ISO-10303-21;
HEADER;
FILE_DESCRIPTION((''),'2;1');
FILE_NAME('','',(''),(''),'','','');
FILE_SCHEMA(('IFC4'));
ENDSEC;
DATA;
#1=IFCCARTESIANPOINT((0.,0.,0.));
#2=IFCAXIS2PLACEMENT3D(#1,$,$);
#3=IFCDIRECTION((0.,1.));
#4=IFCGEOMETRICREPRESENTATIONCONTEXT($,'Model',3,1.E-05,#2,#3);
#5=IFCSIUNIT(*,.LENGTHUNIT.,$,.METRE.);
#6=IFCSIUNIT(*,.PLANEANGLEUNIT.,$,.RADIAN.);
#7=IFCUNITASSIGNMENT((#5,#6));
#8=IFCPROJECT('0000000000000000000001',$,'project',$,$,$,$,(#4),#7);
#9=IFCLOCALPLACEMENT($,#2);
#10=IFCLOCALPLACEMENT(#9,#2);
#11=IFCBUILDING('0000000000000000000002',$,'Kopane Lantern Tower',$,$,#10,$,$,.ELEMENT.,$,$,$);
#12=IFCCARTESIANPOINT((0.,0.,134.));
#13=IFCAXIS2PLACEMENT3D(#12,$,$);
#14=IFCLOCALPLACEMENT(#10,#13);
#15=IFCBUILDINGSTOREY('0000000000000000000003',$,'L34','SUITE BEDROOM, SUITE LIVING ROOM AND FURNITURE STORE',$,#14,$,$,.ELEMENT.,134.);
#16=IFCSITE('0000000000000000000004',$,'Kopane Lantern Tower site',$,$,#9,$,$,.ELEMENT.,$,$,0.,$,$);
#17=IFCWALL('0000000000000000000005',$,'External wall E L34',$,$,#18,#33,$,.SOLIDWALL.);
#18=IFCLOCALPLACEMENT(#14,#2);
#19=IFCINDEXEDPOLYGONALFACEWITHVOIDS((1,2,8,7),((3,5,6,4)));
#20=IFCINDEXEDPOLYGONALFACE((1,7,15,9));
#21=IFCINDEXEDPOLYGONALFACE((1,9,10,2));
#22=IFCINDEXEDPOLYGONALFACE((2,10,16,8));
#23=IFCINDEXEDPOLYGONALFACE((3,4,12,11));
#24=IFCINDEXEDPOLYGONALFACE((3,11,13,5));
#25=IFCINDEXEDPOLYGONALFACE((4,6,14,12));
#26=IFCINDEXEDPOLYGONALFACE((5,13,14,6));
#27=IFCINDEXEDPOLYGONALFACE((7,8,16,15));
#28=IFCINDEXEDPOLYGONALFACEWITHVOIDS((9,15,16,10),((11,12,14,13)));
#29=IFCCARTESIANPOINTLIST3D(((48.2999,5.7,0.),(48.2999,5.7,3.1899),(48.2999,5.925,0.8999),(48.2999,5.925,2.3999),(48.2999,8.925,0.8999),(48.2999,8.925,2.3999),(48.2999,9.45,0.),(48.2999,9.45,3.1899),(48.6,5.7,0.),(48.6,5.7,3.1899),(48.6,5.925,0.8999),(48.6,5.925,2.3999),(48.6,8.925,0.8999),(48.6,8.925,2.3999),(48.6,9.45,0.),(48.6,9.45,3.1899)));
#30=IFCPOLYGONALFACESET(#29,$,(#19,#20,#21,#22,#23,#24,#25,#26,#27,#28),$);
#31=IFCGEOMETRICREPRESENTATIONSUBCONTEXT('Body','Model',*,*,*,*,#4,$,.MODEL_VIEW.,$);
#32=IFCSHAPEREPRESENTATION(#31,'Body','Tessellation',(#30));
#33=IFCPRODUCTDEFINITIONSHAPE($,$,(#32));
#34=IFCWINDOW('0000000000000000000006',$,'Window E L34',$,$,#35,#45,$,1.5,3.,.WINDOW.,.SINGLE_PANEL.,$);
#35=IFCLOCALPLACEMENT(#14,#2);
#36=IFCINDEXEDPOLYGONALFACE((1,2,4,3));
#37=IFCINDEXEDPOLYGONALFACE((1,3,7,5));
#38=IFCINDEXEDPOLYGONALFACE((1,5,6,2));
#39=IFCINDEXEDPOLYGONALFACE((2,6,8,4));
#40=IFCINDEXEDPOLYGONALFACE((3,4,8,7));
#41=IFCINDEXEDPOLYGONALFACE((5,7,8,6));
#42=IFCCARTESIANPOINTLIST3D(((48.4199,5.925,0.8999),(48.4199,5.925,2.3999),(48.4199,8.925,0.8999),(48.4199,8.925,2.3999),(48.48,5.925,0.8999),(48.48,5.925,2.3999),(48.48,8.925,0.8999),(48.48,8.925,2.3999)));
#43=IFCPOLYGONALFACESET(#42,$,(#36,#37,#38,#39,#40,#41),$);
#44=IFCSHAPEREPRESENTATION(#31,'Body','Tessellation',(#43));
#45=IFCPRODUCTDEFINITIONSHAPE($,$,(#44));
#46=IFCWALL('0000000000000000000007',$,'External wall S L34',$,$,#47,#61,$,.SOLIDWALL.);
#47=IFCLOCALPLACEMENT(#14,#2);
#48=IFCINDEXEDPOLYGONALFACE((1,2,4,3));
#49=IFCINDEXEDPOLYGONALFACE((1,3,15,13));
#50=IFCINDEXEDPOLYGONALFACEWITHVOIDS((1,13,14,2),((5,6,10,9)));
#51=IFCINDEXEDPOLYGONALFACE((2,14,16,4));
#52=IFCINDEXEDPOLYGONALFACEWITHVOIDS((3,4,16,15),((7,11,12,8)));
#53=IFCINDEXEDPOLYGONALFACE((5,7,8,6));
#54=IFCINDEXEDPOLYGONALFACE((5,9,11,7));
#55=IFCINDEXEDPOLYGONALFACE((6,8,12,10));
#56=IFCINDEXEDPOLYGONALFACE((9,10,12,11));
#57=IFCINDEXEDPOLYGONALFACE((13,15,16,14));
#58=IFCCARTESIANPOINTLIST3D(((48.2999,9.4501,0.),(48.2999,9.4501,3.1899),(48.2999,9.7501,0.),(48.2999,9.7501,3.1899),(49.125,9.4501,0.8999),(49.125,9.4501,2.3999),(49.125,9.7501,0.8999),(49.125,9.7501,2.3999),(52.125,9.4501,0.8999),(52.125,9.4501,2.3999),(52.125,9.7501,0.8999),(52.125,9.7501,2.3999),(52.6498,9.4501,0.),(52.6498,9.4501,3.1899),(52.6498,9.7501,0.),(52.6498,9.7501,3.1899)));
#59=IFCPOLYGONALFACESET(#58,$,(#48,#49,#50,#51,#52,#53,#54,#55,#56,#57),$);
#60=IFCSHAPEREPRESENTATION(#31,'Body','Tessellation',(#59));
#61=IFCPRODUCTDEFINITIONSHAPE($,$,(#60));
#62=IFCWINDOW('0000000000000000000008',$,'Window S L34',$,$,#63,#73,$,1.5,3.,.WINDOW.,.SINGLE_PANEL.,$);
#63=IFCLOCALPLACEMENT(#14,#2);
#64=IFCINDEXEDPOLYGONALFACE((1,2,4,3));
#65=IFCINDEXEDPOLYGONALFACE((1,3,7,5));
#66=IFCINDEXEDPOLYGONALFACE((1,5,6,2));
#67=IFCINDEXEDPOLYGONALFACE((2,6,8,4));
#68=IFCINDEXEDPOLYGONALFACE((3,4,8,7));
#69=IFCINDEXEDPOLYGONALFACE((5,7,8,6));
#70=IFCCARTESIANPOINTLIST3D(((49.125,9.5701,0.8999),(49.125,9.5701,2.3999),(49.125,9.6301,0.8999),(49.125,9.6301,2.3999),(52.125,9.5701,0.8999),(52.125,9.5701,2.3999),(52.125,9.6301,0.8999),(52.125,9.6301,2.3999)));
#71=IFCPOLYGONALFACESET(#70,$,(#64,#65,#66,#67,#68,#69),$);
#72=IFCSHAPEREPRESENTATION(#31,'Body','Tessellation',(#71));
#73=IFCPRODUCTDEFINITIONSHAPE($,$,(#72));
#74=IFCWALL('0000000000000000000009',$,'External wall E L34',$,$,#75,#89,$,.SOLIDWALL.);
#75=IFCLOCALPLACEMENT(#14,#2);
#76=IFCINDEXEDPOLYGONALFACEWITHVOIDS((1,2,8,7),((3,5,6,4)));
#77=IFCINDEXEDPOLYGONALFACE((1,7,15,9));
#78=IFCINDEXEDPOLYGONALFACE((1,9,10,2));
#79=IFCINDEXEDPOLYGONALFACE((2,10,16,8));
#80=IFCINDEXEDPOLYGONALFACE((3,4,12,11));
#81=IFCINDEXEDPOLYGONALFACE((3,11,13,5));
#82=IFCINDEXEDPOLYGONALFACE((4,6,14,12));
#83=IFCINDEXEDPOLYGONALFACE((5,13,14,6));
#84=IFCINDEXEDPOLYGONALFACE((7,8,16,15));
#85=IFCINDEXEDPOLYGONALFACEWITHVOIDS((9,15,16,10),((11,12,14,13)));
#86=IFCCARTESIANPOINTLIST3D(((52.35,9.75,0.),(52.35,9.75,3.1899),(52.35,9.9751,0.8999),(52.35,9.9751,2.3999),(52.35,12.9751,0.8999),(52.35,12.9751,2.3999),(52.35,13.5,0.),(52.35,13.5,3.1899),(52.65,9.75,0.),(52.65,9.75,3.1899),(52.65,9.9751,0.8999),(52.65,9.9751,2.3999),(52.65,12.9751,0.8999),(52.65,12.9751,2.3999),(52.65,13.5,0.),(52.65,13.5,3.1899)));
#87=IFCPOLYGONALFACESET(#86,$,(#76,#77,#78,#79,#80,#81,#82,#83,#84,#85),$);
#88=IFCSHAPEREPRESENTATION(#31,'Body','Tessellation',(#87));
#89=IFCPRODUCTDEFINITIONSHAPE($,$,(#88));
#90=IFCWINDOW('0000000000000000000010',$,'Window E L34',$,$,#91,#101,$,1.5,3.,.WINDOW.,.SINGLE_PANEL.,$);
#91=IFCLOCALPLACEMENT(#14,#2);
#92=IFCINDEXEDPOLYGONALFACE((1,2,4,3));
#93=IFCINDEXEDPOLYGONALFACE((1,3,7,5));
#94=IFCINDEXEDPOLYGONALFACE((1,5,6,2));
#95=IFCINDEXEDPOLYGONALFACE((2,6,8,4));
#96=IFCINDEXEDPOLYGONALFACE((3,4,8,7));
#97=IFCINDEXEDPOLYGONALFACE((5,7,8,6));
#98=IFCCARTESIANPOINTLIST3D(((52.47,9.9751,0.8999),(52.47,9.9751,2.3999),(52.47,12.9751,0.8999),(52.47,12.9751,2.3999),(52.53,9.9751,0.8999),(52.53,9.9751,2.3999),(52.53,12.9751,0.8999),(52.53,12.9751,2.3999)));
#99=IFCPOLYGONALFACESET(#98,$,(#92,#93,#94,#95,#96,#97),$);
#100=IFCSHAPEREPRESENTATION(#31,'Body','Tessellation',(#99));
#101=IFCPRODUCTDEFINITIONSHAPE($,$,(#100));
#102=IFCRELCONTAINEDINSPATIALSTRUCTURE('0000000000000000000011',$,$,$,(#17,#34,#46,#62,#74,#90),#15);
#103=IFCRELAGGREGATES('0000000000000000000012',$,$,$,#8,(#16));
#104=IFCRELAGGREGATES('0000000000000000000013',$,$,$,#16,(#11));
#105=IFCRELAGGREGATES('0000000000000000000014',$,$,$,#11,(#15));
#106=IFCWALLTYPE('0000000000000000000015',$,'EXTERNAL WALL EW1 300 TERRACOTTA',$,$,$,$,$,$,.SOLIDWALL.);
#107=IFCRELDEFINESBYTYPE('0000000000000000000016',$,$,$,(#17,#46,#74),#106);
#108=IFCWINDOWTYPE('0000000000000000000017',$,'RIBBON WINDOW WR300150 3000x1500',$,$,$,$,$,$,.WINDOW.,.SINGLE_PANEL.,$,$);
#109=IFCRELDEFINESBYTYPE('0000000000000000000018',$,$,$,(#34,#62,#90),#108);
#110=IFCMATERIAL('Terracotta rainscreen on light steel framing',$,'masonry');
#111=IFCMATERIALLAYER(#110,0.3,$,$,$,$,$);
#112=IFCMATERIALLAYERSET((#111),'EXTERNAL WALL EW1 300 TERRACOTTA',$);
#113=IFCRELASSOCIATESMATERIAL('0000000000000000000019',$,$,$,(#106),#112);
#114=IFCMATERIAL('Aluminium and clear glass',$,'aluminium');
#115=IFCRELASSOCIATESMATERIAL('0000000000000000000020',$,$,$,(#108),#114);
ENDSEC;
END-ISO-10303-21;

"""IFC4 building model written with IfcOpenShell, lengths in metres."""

from ifc_helpers import new_model, si_unit, direction, frame, frame_2d, origin, place, context, subcontext, project, spatial, rectangle, extrude, material, layer, layer_set, type_object, element, fill, save


model = new_model("IFC4")

# Units and contexts
model_context = context("Model", 3, precision=1e-05, world=origin(), true_north=direction((0.0, 1.0)))
body_context = subcontext(model_context, "Body", "Model", "MODEL_VIEW")
ifc_project = project(units=[si_unit("LENGTHUNIT", "METRE"), si_unit("PLANEANGLEUNIT", "RADIAN")], contexts=[model_context])

# Site, building, storey
site_placement = place(None, origin())
site = spatial("IfcSite", under=ifc_project, at=site_placement, Name="Kopane Lantern Tower site", CompositionType="ELEMENT", RefElevation=0.0)
building_placement = place(site_placement, origin())
building = spatial("IfcBuilding", under=site, at=building_placement, Name="Kopane Lantern Tower", CompositionType="ELEMENT")
storey_placement = place(building_placement, frame((0.0, 0.0, 134.0)))
storey = spatial("IfcBuildingStorey", under=building, at=storey_placement, Name="L34", Description="SUITE BEDROOM, SUITE LIVING ROOM AND FURNITURE STORE", CompositionType="ELEMENT", Elevation=134.0)

# Walls, openings, windows
ifc_material_1 = material(Name="Terracotta rainscreen on light steel framing", Category="masonry")
ifc_layer_1 = layer(ifc_material_1, 0.3)
ifc_layer_set_1 = layer_set([ifc_layer_1], Name="EXTERNAL WALL EW1 300 TERRACOTTA")
wall_type_1 = type_object("IfcWallType", Name="EXTERNAL WALL EW1 300 TERRACOTTA", PredefinedType="SOLIDWALL", material=ifc_layer_set_1)
wall_1_placement = place(storey_placement, frame((48.45, 5.7, 0.0), z_axis=(0.0, 0.0, 1.0), x_axis=(0.0, 1.0, 0.0)))
wall_1 = element("IfcWall", 1, at=wall_1_placement, inside=storey, type_object=wall_type_1, Name="External wall E L34", PredefinedType="SOLIDWALL", context=body_context, shape_type="SweptSolid", body=[
    extrude(rectangle(XDim=3.75, YDim=0.3, at=frame_2d((1.875, 0.0))), origin(), (0.0, 0.0, 1.0), 3.1899),
])
opening_1_placement = place(wall_1_placement, frame((0.2251, 0.0, 0.8999)))
opening_1 = element("IfcOpeningElement", 2, at=opening_1_placement, cuts=wall_1, PredefinedType="OPENING", context=body_context, shape_type="SweptSolid", body=[
    extrude(rectangle(XDim=3.0, YDim=1.5, at=frame_2d((1.5, 0.75))), frame((0.0, 0.1599, 0.0), z_axis=(0.0, -1.0, 0.0), x_axis=(1.0, 0.0, 0.0)), (0.0, 0.0, 1.0), 0.3201),
])
ifc_material_2 = material(Name="Aluminium and clear glass", Category="aluminium")
window_type = type_object("IfcWindowType", Name="RIBBON WINDOW WR300150 3000x1500", PartitioningType="SINGLE_PANEL", PredefinedType="WINDOW", material=ifc_material_2)
window_1_placement = place(opening_1_placement, origin())
window_1 = element("IfcWindow", 3, at=window_1_placement, inside=storey, type_object=window_type, Name="Window E L34", OverallHeight=1.5, OverallWidth=3.0, PartitioningType="SINGLE_PANEL", PredefinedType="WINDOW", context=body_context, shape_type="SweptSolid", body=[
    extrude(rectangle(XDim=3.0, YDim=1.5, at=frame_2d((1.5, 0.75))), frame((0.0, 0.03, 0.0), z_axis=(0.0, -1.0, 0.0), x_axis=(1.0, 0.0, 0.0)), (0.0, 0.0, 1.0), 0.0601),
])
fill(opening_1, window_1)
wall_2_placement = place(storey_placement, frame((48.3, 9.6001, 0.0), z_axis=(0.0, 0.0, 1.0), x_axis=(1.0, 0.0, 0.0)))
wall_2 = element("IfcWall", 4, at=wall_2_placement, inside=storey, type_object=wall_type_1, Name="External wall S L34", PredefinedType="SOLIDWALL", context=body_context, shape_type="SweptSolid", body=[
    extrude(rectangle(XDim=4.3499, YDim=0.3, at=frame_2d((2.1748, 0.0))), origin(), (0.0, 0.0, 1.0), 3.1899),
])
opening_2_placement = place(wall_2_placement, frame((0.825, 0.0, 0.8999)))
opening_2 = element("IfcOpeningElement", 5, at=opening_2_placement, cuts=wall_2, PredefinedType="OPENING", context=body_context, shape_type="SweptSolid", body=[
    extrude(rectangle(XDim=3.0, YDim=1.5, at=frame_2d((1.5, 0.75))), frame((0.0, 0.1599, 0.0), z_axis=(0.0, -1.0, 0.0), x_axis=(1.0, 0.0, 0.0)), (0.0, 0.0, 1.0), 0.3201),
])
window_2_placement = place(opening_2_placement, origin())
window_2 = element("IfcWindow", 6, at=window_2_placement, inside=storey, type_object=window_type, Name="Window S L34", OverallHeight=1.5, OverallWidth=3.0, PartitioningType="SINGLE_PANEL", PredefinedType="WINDOW", context=body_context, shape_type="SweptSolid", body=[
    extrude(rectangle(XDim=3.0, YDim=1.5, at=frame_2d((1.5, 0.75))), frame((0.0, 0.03, 0.0), z_axis=(0.0, -1.0, 0.0), x_axis=(1.0, 0.0, 0.0)), (0.0, 0.0, 1.0), 0.0601),
])
fill(opening_2, window_2)
wall_3_placement = place(storey_placement, frame((52.5, 9.75, 0.0), z_axis=(0.0, 0.0, 1.0), x_axis=(0.0, 1.0, 0.0)))
wall_3 = element("IfcWall", 7, at=wall_3_placement, inside=storey, type_object=wall_type_1, Name="External wall E L34", PredefinedType="SOLIDWALL", context=body_context, shape_type="SweptSolid", body=[
    extrude(rectangle(XDim=3.75, YDim=0.3, at=frame_2d((1.875, 0.0))), origin(), (0.0, 0.0, 1.0), 3.1899),
])
opening_3_placement = place(wall_3_placement, frame((0.2251, 0.0, 0.8999)))
opening_3 = element("IfcOpeningElement", 8, at=opening_3_placement, cuts=wall_3, PredefinedType="OPENING", context=body_context, shape_type="SweptSolid", body=[
    extrude(rectangle(XDim=3.0, YDim=1.5, at=frame_2d((1.5, 0.75))), frame((0.0, 0.1599, 0.0), z_axis=(0.0, -1.0, 0.0), x_axis=(1.0, 0.0, 0.0)), (0.0, 0.0, 1.0), 0.3201),
])
window_3_placement = place(opening_3_placement, origin())
window_3 = element("IfcWindow", 9, at=window_3_placement, inside=storey, type_object=window_type, Name="Window E L34", OverallHeight=1.5, OverallWidth=3.0, PartitioningType="SINGLE_PANEL", PredefinedType="WINDOW", context=body_context, shape_type="SweptSolid", body=[
    extrude(rectangle(XDim=3.0, YDim=1.5, at=frame_2d((1.5, 0.75))), frame((0.0, 0.03, 0.0), z_axis=(0.0, -1.0, 0.0), x_axis=(1.0, 0.0, 0.0)), (0.0, 0.0, 1.0), 0.0601),
])
fill(opening_3, window_3)

save(model, "model.ifc")
